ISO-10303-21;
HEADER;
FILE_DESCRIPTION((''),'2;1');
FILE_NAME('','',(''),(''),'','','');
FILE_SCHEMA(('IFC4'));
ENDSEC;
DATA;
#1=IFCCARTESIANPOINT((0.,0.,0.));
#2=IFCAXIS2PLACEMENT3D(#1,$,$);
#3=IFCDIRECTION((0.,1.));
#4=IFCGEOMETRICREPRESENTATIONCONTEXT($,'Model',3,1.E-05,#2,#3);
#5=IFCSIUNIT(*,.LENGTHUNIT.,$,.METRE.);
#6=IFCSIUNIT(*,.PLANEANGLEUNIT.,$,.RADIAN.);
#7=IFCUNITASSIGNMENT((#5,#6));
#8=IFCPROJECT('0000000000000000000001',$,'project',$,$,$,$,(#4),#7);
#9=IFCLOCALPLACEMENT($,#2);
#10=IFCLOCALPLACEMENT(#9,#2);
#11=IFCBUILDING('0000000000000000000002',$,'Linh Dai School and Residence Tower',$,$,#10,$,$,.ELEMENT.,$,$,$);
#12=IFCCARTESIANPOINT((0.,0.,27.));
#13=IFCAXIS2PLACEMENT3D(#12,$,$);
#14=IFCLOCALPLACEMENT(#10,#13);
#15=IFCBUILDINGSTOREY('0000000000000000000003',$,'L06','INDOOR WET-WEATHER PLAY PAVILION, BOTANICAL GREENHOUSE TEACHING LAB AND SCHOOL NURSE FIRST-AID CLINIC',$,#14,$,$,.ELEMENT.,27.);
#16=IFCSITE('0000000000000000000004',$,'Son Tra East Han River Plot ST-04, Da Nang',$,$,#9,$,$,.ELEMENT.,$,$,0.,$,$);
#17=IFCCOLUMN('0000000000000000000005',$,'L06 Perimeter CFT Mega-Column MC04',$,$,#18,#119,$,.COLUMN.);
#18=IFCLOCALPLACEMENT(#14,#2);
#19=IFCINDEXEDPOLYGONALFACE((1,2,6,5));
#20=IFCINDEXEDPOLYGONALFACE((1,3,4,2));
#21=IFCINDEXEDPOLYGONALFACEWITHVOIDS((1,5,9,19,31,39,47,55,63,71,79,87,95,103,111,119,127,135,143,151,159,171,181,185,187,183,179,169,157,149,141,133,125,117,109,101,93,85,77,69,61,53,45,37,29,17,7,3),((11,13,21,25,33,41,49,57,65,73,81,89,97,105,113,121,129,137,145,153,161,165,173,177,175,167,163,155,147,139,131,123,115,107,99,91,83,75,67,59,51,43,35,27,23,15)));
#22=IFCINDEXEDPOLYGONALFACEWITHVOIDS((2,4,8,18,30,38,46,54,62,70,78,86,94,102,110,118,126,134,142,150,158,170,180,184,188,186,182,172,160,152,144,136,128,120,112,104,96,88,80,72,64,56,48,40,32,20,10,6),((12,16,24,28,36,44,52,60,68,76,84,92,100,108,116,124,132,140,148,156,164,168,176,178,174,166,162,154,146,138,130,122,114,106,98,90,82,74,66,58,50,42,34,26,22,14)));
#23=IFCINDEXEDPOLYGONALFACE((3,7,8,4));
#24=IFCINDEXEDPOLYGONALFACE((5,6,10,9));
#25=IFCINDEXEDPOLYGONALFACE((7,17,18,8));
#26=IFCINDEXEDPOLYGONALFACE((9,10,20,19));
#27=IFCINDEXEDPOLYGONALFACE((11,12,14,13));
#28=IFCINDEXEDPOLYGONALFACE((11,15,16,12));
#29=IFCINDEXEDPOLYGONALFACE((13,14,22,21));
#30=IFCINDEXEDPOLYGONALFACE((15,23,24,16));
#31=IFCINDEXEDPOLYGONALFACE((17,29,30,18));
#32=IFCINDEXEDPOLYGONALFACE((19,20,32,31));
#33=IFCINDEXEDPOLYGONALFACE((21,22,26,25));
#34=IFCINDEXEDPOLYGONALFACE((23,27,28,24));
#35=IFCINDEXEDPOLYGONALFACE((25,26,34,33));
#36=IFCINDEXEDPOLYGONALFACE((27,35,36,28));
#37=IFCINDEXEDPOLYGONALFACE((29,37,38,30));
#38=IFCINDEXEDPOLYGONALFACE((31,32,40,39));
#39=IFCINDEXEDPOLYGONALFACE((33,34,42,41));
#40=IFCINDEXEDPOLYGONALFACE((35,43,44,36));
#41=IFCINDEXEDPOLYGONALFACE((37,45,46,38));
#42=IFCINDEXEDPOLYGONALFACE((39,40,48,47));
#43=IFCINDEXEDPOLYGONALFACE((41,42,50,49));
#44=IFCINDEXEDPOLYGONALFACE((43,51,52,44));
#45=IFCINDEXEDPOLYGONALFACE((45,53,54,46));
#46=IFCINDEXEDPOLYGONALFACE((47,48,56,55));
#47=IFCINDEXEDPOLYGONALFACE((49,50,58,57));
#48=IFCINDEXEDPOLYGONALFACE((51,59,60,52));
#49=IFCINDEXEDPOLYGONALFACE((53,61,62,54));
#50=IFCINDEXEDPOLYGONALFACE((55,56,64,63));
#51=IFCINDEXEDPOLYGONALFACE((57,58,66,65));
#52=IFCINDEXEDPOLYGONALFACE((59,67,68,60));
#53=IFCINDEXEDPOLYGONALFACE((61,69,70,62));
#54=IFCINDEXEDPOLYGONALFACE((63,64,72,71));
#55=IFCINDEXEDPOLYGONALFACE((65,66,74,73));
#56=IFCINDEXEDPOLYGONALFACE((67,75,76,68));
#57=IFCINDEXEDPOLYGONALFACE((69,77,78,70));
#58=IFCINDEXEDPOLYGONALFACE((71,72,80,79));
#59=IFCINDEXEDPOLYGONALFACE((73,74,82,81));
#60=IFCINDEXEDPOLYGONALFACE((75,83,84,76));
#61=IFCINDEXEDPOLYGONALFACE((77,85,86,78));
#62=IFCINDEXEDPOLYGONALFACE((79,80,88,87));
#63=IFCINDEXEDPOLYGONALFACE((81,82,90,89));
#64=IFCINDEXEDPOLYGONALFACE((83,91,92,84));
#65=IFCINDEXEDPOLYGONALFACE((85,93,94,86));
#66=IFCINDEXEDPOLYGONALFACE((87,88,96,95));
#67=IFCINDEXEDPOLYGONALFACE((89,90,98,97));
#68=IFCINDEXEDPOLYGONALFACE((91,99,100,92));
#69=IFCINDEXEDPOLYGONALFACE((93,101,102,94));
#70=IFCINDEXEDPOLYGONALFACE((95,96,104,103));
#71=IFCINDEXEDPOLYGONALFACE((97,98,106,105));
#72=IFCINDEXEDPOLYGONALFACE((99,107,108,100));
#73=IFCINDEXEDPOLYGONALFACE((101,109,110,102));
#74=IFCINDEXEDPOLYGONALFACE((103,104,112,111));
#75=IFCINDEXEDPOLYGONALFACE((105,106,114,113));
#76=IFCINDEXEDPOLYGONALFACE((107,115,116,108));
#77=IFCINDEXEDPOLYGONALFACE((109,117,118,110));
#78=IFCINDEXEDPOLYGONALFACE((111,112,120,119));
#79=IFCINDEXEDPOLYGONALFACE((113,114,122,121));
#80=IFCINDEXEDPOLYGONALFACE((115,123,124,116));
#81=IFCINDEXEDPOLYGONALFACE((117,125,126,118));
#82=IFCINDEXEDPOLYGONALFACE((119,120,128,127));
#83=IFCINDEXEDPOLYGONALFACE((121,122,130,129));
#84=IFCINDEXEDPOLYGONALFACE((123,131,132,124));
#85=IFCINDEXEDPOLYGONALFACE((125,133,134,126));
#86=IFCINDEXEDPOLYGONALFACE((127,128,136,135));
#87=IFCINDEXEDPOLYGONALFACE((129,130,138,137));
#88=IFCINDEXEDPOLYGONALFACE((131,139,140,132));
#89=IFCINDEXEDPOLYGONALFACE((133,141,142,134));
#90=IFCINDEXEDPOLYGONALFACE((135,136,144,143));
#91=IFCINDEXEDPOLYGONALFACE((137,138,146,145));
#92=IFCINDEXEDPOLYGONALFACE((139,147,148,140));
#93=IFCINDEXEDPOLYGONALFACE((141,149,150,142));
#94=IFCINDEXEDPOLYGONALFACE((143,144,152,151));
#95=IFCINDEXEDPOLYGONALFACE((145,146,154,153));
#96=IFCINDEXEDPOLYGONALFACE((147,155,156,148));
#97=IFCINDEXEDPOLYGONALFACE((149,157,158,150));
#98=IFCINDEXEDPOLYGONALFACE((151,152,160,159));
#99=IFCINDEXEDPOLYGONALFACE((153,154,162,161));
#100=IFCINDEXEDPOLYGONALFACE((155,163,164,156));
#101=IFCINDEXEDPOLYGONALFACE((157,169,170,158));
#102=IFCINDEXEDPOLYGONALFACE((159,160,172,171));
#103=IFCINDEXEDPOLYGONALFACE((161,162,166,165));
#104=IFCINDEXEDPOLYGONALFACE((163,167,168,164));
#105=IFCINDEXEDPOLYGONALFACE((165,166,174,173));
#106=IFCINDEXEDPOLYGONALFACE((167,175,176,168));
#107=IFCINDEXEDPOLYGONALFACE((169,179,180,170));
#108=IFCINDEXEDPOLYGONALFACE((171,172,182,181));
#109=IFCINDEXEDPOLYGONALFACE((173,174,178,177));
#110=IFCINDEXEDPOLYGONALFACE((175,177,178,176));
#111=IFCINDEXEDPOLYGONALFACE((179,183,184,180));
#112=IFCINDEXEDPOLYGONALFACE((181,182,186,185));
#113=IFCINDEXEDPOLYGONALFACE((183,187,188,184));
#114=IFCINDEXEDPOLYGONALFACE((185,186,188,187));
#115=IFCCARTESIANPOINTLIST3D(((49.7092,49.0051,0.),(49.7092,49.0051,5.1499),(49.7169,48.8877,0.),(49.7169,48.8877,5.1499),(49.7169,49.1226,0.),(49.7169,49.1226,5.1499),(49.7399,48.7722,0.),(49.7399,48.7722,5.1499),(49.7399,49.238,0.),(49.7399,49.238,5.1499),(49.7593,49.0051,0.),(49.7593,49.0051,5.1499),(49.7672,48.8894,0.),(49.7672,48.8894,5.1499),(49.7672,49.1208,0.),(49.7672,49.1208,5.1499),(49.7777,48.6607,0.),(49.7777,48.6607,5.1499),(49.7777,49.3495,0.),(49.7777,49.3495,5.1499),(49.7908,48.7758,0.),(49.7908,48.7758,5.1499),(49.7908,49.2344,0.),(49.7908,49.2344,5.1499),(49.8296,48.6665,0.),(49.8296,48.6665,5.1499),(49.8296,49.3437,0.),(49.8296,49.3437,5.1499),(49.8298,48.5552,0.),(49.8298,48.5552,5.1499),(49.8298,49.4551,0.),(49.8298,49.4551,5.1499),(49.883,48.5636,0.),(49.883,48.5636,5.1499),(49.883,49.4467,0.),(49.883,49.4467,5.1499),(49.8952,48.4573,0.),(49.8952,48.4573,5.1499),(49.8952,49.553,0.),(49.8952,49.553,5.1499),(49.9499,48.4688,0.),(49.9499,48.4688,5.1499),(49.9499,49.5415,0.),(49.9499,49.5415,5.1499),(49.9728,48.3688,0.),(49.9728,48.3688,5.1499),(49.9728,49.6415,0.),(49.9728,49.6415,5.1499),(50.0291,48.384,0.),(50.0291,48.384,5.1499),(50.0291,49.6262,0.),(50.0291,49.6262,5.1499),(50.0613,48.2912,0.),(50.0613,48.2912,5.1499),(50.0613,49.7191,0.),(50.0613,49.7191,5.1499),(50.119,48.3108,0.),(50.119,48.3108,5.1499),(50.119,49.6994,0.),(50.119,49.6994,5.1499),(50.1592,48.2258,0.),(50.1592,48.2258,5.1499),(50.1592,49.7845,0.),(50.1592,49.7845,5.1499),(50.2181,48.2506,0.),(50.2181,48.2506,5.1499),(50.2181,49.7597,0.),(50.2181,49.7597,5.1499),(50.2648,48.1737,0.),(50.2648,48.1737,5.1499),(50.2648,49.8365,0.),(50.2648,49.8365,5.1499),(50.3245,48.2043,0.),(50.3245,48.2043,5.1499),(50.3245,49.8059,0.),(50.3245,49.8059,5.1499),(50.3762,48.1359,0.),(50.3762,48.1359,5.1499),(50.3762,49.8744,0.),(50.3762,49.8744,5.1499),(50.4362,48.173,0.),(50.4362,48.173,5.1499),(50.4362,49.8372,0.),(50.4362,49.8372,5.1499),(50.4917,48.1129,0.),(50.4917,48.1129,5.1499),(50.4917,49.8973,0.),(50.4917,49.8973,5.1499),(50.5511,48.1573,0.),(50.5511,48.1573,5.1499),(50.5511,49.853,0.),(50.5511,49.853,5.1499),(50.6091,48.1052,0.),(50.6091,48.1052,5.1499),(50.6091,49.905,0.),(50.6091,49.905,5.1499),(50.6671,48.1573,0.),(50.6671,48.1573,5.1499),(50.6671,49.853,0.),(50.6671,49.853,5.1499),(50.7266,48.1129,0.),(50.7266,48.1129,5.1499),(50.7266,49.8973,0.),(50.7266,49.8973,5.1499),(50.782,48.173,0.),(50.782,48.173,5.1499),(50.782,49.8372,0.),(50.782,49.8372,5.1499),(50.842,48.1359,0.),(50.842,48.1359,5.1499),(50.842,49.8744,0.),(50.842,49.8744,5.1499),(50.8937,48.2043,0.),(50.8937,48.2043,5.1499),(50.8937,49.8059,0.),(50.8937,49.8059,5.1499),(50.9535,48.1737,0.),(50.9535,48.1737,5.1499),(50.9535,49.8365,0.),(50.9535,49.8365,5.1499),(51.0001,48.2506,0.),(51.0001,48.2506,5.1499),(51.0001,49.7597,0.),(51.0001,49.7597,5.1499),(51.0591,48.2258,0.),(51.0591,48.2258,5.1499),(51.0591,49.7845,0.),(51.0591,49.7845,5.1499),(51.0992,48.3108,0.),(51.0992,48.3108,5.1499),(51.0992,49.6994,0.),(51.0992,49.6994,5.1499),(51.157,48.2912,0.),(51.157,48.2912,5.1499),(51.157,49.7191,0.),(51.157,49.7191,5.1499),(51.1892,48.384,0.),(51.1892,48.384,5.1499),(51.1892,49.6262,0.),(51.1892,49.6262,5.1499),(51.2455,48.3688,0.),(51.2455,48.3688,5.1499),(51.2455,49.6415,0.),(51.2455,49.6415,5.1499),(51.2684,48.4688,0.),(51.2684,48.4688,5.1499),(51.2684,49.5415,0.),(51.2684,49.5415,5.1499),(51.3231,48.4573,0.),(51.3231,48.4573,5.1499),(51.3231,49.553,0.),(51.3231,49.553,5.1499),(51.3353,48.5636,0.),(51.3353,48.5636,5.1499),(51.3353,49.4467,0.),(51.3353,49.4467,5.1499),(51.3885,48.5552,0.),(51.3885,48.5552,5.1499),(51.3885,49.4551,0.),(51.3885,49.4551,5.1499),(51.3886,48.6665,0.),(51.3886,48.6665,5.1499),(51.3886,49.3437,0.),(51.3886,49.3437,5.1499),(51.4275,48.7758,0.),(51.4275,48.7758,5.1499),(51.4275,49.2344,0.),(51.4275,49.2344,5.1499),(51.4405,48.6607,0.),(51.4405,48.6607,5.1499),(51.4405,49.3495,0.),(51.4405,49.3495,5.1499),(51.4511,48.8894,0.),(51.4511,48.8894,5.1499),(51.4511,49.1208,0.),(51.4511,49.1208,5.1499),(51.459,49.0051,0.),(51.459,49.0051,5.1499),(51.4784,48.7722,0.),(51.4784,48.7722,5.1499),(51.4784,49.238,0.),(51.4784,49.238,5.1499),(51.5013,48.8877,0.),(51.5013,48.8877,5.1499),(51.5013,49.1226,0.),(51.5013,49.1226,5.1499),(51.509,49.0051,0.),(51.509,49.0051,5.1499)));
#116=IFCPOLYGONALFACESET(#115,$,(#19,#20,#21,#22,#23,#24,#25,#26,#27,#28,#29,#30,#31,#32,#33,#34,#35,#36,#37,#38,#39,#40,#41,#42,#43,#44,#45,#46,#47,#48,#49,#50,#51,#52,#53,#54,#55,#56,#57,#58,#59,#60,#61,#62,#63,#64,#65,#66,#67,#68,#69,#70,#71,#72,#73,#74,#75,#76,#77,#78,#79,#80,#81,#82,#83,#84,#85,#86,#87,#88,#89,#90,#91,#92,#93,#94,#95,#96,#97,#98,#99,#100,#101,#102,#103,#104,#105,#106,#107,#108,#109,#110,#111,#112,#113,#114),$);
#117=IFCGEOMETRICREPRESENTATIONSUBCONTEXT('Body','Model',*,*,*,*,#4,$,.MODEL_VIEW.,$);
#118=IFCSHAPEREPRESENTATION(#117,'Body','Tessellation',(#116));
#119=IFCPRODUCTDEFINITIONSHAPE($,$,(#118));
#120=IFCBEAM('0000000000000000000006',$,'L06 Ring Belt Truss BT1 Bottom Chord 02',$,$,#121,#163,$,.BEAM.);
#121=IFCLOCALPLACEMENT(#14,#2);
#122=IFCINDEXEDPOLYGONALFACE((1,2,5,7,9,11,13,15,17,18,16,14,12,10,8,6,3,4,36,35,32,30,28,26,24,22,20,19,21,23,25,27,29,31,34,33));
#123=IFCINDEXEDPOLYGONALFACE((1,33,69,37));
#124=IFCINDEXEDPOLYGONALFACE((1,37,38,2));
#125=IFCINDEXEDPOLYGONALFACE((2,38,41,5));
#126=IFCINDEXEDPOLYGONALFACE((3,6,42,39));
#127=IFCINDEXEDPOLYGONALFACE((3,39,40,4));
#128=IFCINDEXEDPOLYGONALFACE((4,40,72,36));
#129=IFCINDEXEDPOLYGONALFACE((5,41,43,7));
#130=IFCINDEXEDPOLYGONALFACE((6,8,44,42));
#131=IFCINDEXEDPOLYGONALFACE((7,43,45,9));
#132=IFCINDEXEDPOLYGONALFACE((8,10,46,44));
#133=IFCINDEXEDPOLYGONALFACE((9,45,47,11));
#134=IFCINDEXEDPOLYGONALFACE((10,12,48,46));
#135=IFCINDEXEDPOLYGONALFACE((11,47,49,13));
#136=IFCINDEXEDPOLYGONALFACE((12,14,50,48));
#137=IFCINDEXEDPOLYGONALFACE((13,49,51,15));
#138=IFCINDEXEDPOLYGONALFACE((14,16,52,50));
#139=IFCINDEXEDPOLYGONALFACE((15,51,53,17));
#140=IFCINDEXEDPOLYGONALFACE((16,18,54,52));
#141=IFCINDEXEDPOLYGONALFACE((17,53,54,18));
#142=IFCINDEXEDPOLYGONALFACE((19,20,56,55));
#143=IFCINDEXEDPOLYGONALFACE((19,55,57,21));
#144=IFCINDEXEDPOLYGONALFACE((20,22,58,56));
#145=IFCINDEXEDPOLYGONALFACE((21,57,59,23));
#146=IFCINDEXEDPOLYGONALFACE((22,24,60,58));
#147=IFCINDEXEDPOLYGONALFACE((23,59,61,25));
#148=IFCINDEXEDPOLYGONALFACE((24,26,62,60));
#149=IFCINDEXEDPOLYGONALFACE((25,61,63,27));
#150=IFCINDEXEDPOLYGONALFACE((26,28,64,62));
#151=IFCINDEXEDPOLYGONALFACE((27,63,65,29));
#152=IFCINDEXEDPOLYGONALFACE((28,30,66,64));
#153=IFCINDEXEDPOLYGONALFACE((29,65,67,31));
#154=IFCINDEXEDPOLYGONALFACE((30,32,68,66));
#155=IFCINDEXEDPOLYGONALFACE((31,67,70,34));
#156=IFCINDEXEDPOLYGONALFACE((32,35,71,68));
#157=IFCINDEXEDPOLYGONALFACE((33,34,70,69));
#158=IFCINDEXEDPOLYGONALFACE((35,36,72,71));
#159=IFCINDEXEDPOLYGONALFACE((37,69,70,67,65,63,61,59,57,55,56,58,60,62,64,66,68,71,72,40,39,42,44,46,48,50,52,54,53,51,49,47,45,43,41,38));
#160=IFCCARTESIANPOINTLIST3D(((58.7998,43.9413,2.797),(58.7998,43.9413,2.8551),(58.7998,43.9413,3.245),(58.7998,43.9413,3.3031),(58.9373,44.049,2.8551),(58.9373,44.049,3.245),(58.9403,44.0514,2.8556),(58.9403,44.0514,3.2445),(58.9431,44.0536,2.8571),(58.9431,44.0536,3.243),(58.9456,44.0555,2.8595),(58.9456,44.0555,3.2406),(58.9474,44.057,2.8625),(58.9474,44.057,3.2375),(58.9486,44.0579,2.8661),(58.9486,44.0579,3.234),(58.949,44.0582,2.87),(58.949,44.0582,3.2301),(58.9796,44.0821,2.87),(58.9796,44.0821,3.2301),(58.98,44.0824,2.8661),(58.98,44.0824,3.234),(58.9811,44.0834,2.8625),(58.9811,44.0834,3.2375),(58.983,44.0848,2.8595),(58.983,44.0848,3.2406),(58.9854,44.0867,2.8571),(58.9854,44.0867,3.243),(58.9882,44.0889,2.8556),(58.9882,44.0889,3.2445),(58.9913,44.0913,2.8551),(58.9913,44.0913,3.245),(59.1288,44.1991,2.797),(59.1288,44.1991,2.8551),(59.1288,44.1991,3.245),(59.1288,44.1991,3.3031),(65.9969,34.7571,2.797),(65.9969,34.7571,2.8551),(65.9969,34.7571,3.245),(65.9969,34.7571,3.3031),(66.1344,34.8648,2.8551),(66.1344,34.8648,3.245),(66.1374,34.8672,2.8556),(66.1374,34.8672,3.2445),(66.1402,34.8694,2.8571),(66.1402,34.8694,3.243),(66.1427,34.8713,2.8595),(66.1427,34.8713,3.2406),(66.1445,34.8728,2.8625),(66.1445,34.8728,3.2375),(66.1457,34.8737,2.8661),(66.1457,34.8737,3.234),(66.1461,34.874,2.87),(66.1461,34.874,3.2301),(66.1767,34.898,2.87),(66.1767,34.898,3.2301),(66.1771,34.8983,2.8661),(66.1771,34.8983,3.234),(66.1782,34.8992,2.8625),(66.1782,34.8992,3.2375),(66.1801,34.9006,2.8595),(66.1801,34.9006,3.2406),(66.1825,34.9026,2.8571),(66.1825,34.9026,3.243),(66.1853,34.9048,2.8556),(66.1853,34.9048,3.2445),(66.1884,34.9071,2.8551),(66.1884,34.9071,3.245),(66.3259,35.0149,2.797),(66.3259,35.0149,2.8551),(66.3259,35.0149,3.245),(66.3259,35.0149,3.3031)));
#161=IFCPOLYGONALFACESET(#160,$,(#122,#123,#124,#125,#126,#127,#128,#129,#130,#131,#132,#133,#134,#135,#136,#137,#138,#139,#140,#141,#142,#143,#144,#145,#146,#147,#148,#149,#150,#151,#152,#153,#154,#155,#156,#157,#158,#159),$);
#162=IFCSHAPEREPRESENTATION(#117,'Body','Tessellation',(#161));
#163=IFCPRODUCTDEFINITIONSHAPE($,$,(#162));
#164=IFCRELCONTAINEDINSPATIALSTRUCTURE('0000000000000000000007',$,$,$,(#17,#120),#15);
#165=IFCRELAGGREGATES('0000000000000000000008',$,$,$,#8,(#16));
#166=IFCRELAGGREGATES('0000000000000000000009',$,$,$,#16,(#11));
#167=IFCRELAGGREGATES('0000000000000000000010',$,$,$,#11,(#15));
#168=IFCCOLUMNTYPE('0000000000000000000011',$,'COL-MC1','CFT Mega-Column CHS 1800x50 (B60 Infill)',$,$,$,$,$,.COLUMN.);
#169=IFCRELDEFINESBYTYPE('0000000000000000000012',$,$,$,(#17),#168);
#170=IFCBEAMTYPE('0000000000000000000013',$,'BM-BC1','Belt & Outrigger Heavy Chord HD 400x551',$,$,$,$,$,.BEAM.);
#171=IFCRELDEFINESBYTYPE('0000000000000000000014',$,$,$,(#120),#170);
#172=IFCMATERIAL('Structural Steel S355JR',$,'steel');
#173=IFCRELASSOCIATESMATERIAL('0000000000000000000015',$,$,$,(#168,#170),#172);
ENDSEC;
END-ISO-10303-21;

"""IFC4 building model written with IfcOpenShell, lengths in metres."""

from ifc_helpers import new_model, si_unit, direction, frame, origin, origin_2d, place, context, subcontext, project, spatial, hollow_circle, i_section, extrude, material, material_profile, profile_set, type_object, element, save


model = new_model("IFC4")

# Units and contexts
model_context = context("Model", 3, precision=1e-05, world=origin(), true_north=direction((0.0, 1.0)))
body_context = subcontext(model_context, "Body", "Model", "MODEL_VIEW")
ifc_project = project(units=[si_unit("LENGTHUNIT", "METRE"), si_unit("PLANEANGLEUNIT", "RADIAN")], contexts=[model_context])

# Site, building, storey
site_placement = place(None, origin())
site = spatial("IfcSite", under=ifc_project, at=site_placement, Name="Son Tra East Han River Plot ST-04, Da Nang", CompositionType="ELEMENT", RefElevation=0.0)
building_placement = place(site_placement, origin())
building = spatial("IfcBuilding", under=site, at=building_placement, Name="Linh Dai School and Residence Tower", CompositionType="ELEMENT")
storey_placement = place(building_placement, frame((0.0, 0.0, 27.0)))
storey = spatial("IfcBuildingStorey", under=building, at=storey_placement, Name="L06", Description="INDOOR WET-WEATHER PLAY PAVILION, BOTANICAL GREENHOUSE TEACHING LAB AND SCHOOL NURSE FIRST-AID CLINIC", CompositionType="ELEMENT", Elevation=27.0)

# Column
ifc_material_1 = material(Name="Structural Steel S355JR", Category="steel")
ifc_material_profile_1 = material_profile(ifc_material_1, hollow_circle(Radius=0.8999, WallThickness=0.05, at=origin_2d()), Name="CHS 1800x50")
ifc_profile_set_1 = profile_set([ifc_material_profile_1], Name="Structural Steel S355JR")
column_type = type_object("IfcColumnType", Name="COL-MC1", Description="CFT Mega-Column CHS 1800x50 (B60 Infill)", PredefinedType="COLUMN", material=ifc_profile_set_1)
for number, where, z_axis, x_axis, name in (
    (1, (50.6091, 49.0051, 0.0), (0.0, 0.0, 1.0), (1.0, 0.0, 0.0), "L06 Perimeter CFT Mega-Column MC04"),
):
    element("IfcColumn", number, at=place(storey_placement, frame(where, z_axis=z_axis, x_axis=x_axis)), inside=storey, type_object=column_type, Name=name, PredefinedType="COLUMN", context=body_context, shape_type="SweptSolid", body=[
        extrude(hollow_circle(Radius=0.8999, WallThickness=0.05, at=origin_2d()), origin(), (0.0, 0.0, 1.0), 5.1499),
    ])

# Beam
ifc_material_profile_2 = material_profile(ifc_material_1, i_section(OverallWidth=0.418, OverallDepth=0.5061, WebThickness=0.0388, FlangeThickness=0.0581, FilletRadius=0.0149, at=origin_2d()), Name="HD 400x551")
ifc_profile_set_2 = profile_set([ifc_material_profile_2], Name="Structural Steel S355JR")
beam_type_1 = type_object("IfcBeamType", Name="BM-BC1", Description="Belt & Outrigger Heavy Chord HD 400x551", PredefinedType="BEAM", material=ifc_profile_set_2)
beam_1_placement = place(storey_placement, frame((66.1614, 34.886, 3.05), z_axis=(-0.616812, 0.787111, 0.0), x_axis=(-0.787111, -0.616812, 0.0)))
element("IfcBeam", 2, at=beam_1_placement, inside=storey, type_object=beam_type_1, Name="L06 Ring Belt Truss BT1 Bottom Chord 02", PredefinedType="BEAM", context=body_context, shape_type="SweptSolid", body=[
    extrude(i_section(OverallWidth=0.418, OverallDepth=0.5061, WebThickness=0.0388, FlangeThickness=0.0581, FilletRadius=0.0149, at=origin_2d()), origin(), (0.0, 0.0, 1.0), 11.6682),
])

save(model, "model.ifc")
